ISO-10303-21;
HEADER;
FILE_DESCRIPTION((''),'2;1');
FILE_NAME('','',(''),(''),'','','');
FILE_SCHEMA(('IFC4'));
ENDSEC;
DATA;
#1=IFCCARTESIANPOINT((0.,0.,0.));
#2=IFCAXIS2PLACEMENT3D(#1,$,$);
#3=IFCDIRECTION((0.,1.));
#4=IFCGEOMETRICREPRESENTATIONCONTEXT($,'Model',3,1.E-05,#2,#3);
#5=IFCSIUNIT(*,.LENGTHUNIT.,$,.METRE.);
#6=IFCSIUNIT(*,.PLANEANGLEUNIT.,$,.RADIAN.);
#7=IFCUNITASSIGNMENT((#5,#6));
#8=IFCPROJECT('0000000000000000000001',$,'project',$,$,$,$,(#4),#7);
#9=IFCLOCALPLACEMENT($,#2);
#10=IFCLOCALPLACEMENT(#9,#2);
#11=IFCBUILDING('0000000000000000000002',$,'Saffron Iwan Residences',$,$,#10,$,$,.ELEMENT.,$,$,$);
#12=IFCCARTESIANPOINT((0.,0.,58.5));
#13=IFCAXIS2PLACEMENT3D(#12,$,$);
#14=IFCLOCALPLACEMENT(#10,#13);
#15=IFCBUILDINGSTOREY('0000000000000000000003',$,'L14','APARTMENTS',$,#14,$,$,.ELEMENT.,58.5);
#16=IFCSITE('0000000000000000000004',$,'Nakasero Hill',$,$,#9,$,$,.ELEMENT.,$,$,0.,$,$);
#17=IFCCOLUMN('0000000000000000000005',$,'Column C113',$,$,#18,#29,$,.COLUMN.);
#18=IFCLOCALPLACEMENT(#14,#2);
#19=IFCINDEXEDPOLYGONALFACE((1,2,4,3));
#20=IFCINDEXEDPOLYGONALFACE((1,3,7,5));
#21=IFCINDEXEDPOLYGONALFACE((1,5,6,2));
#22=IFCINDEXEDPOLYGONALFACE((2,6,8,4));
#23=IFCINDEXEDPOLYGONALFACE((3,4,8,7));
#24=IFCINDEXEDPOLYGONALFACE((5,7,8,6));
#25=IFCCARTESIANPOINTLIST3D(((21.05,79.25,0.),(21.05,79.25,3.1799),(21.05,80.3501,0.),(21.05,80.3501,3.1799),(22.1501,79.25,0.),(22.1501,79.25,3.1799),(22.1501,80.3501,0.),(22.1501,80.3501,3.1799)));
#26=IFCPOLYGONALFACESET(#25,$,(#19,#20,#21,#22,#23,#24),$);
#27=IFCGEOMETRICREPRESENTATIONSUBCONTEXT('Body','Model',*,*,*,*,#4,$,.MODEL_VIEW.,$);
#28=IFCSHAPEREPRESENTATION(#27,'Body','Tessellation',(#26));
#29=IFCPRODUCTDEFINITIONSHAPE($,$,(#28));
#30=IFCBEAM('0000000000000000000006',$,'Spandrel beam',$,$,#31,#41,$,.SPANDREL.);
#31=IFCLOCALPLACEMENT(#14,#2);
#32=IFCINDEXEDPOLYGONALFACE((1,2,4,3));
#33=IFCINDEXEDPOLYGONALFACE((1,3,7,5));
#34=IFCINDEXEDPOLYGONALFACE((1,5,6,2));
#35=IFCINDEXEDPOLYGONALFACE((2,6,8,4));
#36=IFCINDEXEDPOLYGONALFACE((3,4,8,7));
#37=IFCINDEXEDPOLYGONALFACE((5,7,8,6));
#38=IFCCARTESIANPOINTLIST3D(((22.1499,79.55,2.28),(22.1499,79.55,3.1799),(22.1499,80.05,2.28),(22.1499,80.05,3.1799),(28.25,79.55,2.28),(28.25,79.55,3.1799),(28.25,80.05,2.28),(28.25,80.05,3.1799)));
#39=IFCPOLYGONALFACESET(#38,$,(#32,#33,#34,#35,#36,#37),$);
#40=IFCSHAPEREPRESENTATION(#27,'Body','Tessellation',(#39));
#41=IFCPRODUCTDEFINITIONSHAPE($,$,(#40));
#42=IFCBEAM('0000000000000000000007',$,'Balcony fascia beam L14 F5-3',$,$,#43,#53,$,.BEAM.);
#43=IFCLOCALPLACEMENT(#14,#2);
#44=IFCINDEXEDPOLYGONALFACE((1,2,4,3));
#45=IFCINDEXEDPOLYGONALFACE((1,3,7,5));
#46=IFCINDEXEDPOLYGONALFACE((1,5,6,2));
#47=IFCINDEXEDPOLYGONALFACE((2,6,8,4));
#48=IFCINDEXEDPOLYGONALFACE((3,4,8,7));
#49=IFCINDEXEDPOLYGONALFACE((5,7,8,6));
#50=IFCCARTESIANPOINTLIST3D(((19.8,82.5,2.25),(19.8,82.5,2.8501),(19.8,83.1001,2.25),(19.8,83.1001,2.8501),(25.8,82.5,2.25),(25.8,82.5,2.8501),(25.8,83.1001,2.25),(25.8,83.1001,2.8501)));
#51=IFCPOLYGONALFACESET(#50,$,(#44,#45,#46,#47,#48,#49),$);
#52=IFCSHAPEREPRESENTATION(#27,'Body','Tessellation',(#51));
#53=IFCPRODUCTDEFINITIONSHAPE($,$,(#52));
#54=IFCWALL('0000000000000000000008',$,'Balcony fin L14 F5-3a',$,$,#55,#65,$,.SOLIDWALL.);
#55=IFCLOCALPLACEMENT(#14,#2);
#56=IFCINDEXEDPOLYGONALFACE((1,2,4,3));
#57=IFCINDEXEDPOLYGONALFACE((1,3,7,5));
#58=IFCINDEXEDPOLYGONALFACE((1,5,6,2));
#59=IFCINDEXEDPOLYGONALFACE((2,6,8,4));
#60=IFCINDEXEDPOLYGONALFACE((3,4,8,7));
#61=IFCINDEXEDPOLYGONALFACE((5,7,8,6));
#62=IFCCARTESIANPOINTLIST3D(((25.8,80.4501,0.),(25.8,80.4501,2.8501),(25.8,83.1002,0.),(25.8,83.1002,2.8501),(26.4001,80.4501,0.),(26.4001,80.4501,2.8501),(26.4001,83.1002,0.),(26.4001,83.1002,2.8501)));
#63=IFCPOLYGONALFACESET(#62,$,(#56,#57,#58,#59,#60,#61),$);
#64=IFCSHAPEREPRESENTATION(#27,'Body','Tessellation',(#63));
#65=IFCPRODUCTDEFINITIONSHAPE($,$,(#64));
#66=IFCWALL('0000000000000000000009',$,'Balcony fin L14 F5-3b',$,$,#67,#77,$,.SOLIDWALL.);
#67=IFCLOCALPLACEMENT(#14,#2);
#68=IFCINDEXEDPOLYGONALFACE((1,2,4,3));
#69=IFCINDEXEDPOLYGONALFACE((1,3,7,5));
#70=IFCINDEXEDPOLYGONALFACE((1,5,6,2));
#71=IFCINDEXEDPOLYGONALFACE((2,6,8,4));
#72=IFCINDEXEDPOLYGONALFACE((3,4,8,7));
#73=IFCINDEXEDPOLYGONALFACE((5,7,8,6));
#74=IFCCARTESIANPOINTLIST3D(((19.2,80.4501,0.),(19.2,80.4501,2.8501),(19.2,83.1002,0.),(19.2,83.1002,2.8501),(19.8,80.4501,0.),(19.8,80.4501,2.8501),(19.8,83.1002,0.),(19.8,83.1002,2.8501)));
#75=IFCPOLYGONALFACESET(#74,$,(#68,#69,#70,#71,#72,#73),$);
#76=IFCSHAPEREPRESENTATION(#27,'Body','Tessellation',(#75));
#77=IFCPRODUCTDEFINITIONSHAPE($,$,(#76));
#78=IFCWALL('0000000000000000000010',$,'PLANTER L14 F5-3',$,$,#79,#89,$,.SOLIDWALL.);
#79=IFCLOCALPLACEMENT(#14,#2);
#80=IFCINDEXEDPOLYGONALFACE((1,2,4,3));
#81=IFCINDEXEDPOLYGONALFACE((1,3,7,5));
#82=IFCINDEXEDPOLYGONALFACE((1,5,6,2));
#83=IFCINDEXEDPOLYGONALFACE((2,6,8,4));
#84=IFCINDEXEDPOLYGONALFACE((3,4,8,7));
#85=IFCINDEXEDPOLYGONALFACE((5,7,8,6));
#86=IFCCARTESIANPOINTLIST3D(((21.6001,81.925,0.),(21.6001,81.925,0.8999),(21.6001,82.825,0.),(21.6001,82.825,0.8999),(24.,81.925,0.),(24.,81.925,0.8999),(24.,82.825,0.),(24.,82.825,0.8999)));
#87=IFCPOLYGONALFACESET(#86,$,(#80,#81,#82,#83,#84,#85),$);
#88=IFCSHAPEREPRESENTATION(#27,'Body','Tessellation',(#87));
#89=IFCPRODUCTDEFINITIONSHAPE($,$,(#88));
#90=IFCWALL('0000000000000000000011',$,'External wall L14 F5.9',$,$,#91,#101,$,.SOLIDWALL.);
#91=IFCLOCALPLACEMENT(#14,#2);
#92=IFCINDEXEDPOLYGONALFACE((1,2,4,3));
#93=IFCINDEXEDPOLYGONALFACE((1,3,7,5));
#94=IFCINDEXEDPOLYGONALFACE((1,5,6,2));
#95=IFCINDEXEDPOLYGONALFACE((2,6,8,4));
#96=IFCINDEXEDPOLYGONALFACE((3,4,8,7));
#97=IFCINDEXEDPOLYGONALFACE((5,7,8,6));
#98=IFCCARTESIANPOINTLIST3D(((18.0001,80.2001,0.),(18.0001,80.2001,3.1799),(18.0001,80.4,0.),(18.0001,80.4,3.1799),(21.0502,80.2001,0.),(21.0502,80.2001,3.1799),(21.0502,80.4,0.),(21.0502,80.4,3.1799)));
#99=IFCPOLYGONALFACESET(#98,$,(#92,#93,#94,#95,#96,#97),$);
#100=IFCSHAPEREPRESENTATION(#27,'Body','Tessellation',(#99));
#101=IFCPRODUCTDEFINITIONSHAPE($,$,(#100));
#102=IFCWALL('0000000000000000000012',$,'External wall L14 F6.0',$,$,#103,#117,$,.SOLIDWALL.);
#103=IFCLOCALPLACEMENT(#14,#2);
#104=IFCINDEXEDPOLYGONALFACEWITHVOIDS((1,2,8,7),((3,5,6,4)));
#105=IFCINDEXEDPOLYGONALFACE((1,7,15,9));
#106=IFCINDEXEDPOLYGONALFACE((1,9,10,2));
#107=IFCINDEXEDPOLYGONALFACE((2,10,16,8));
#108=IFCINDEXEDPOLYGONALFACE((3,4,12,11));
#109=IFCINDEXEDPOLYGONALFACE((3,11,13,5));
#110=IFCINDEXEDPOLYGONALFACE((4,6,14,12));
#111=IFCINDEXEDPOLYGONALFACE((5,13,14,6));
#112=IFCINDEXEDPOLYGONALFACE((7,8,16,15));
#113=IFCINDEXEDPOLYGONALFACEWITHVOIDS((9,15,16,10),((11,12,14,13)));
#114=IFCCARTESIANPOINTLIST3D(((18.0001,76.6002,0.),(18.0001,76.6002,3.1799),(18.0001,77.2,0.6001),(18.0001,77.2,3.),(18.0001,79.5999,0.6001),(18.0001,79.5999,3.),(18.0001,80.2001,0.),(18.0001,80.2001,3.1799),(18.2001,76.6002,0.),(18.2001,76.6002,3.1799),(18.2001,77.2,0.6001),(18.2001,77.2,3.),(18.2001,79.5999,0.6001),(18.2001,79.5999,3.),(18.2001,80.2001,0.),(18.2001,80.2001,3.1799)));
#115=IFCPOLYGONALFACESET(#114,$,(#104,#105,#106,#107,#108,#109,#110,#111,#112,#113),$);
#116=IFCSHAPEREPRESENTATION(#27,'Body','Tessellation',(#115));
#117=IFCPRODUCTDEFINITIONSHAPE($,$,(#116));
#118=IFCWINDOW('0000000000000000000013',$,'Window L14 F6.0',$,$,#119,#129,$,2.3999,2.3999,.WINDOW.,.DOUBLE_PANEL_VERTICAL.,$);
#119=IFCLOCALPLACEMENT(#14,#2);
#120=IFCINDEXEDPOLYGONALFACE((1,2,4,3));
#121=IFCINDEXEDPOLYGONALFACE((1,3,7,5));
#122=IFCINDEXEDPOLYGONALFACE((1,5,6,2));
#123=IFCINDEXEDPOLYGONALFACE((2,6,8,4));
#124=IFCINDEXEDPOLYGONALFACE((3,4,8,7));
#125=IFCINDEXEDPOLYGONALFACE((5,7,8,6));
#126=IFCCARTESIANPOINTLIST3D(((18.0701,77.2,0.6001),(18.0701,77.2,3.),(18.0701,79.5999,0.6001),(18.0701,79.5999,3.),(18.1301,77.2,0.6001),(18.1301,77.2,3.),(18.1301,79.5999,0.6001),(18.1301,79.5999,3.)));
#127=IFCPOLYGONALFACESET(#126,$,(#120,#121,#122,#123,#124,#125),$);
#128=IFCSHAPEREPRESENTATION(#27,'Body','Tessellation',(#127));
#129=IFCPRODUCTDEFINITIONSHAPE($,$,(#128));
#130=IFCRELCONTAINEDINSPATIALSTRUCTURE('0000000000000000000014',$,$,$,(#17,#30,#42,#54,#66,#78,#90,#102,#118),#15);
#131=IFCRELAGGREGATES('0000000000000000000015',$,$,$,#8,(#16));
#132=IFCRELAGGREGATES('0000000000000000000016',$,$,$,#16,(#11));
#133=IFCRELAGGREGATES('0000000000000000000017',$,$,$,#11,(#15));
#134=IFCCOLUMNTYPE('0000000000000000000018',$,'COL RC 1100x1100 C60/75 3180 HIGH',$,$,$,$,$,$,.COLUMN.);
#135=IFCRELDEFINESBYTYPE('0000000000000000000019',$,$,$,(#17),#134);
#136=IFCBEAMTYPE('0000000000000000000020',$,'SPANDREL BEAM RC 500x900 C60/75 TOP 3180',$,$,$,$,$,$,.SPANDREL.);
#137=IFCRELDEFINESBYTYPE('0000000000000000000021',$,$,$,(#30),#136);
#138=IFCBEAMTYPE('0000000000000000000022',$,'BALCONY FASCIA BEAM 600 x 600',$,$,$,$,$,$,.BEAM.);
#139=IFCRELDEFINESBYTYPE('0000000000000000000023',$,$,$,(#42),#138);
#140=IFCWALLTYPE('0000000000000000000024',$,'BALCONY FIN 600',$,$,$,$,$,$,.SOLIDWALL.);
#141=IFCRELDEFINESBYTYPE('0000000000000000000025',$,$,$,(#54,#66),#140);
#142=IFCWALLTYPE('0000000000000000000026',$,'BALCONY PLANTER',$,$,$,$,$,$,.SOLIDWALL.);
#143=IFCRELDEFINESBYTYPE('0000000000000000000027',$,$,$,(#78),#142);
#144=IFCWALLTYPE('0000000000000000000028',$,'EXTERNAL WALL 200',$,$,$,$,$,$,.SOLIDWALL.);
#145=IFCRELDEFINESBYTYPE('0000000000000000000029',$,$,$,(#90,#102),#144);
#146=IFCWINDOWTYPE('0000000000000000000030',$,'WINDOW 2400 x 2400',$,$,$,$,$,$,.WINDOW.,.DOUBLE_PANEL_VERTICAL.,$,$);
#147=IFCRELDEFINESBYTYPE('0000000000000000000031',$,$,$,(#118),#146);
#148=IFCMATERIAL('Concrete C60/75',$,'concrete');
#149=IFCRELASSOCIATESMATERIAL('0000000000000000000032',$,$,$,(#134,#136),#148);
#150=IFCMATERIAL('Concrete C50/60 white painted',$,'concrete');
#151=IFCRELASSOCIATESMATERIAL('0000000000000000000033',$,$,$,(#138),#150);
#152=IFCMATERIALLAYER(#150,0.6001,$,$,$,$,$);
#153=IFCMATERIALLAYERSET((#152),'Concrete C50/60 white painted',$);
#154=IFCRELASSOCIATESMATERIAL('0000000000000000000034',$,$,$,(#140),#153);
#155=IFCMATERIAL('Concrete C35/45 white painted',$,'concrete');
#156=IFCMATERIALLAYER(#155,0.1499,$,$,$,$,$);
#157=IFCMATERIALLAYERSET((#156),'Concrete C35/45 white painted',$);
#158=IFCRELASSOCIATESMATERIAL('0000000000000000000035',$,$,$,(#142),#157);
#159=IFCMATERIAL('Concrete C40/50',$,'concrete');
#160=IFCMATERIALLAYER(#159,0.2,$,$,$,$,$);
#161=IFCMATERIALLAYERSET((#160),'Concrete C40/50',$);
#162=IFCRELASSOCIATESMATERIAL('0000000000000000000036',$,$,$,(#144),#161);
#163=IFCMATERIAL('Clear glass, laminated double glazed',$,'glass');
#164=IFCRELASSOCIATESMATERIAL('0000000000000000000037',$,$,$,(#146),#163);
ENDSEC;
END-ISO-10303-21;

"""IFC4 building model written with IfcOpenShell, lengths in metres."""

from ifc_helpers import new_model, si_unit, direction, frame, frame_2d, origin, origin_2d, place, context, subcontext, project, spatial, rectangle, extrude, source, transform, mapped, material, layer, layer_set, material_profile, profile_set, type_object, element, fill, save


model = new_model("IFC4")

# Units and contexts
model_context = context("Model", 3, precision=1e-05, world=origin(), true_north=direction((0.0, 1.0)))
body_context = subcontext(model_context, "Body", "Model", "MODEL_VIEW")
ifc_project = project(units=[si_unit("LENGTHUNIT", "METRE"), si_unit("PLANEANGLEUNIT", "RADIAN")], contexts=[model_context])

# Site, building, storey
site_placement = place(None, origin())
site = spatial("IfcSite", under=ifc_project, at=site_placement, Name="Nakasero Hill", CompositionType="ELEMENT", RefElevation=0.0)
building_placement = place(site_placement, origin())
building = spatial("IfcBuilding", under=site, at=building_placement, Name="Saffron Iwan Residences", CompositionType="ELEMENT")
storey_placement = place(building_placement, frame((0.0, 0.0, 58.5)))
storey = spatial("IfcBuildingStorey", under=building, at=storey_placement, Name="L14", Description="APARTMENTS", CompositionType="ELEMENT", Elevation=58.5)

# Column
ifc_material_1 = material(Name="Concrete C60/75", Category="concrete")
ifc_material_profile_1 = material_profile(ifc_material_1, rectangle(XDim=1.1001, YDim=1.1001, at=origin_2d()), Name="RC 1100x1100")
ifc_profile_set_1 = profile_set([ifc_material_profile_1], Name="Concrete C60/75")
column_type = type_object("IfcColumnType", Name="COL RC 1100x1100 C60/75 3180 HIGH", PredefinedType="COLUMN", material=ifc_profile_set_1)
shared_shape_1 = source(origin(), body_context, "Body", "SweptSolid", [
    extrude(rectangle(XDim=1.1001, YDim=1.1001, at=origin_2d()), origin(), (0.0, 0.0, 1.0), 3.1799),
])
column_placement = place(storey_placement, frame((21.6001, 79.8, 0.0), z_axis=(0.0, 0.0, 1.0), x_axis=(1.0, 0.0, 0.0)))
element("IfcColumn", 1, at=column_placement, inside=storey, type_object=column_type, Name="Column C113", PredefinedType="COLUMN", context=body_context, shape_type="MappedRepresentation", body=[
    mapped(shared_shape_1, transform((0.0, 0.0, 0.0))),
])

# Beams
ifc_material_profile_2 = material_profile(ifc_material_1, rectangle(XDim=0.5, YDim=0.8999, at=origin_2d()), Name="RC 500x900")
ifc_profile_set_2 = profile_set([ifc_material_profile_2], Name="Concrete C60/75")
beam_type_1 = type_object("IfcBeamType", Name="SPANDREL BEAM RC 500x900 C60/75 TOP 3180", PredefinedType="SPANDREL", material=ifc_profile_set_2)
shared_shape_2 = source(origin(), body_context, "Body", "SweptSolid", [
    extrude(rectangle(XDim=0.5, YDim=0.8999, at=origin_2d()), origin(), (0.0, 0.0, 1.0), 6.1001),
])
beam_1_placement = place(storey_placement, frame((22.1499, 79.8, 2.73), z_axis=(1.0, 0.0, 0.0), x_axis=(0.0, 1.0, 0.0)))
element("IfcBeam", 2, at=beam_1_placement, inside=storey, type_object=beam_type_1, Name="Spandrel beam", PredefinedType="SPANDREL", context=body_context, shape_type="MappedRepresentation", body=[
    mapped(shared_shape_2, transform((0.0, 0.0, 0.0))),
])
ifc_material_2 = material(Name="Concrete C50/60 white painted", Category="concrete")
ifc_material_profile_3 = material_profile(ifc_material_2, rectangle(XDim=0.6001, YDim=0.6001, at=origin_2d()), Name="BALCONY FASCIA BEAM 600 x 600")
ifc_profile_set_3 = profile_set([ifc_material_profile_3], Name="Concrete C50/60 white painted")
beam_type_2 = type_object("IfcBeamType", Name="BALCONY FASCIA BEAM 600 x 600", PredefinedType="BEAM", material=ifc_profile_set_3)
shared_shape_3 = source(origin(), body_context, "Body", "SweptSolid", [
    extrude(rectangle(XDim=0.6001, YDim=0.6001, at=origin_2d()), origin(), (0.0, 0.0, 1.0), 6.0),
])
beam_2_placement = place(storey_placement, frame((25.8, 82.8, 2.55), z_axis=(-1.0, 0.0, 0.0), x_axis=(0.0, -1.0, 0.0)))
element("IfcBeam", 3, at=beam_2_placement, inside=storey, type_object=beam_type_2, Name="Balcony fascia beam L14 F5-3", PredefinedType="BEAM", context=body_context, shape_type="MappedRepresentation", body=[
    mapped(shared_shape_3, transform((0.0, 0.0, 0.0))),
])

# Walls
ifc_layer_1 = layer(ifc_material_2, 0.6001)
ifc_layer_set_1 = layer_set([ifc_layer_1], Name="Concrete C50/60 white painted")
wall_type_1 = type_object("IfcWallType", Name="BALCONY FIN 600", PredefinedType="SOLIDWALL", material=ifc_layer_set_1)
for number, where, z_axis, x_axis, name in (
    (4, (26.1001, 80.45, 0.0), (0.0, 0.0, 1.0), (0.0, 1.0, 0.0), "Balcony fin L14 F5-3a"),
    (5, (19.5, 80.45, 0.0), (0.0, 0.0, 1.0), (0.0, 1.0, 0.0), "Balcony fin L14 F5-3b"),
):
    element("IfcWall", number, at=place(storey_placement, frame(where, z_axis=z_axis, x_axis=x_axis)), inside=storey, type_object=wall_type_1, Name=name, PredefinedType="SOLIDWALL", context=body_context, shape_type="SweptSolid", body=[
        extrude(rectangle(XDim=2.6501, YDim=0.6001, at=frame_2d((1.3252, 0.0))), origin(), (0.0, 0.0, 1.0), 2.8501),
    ])
ifc_material_3 = material(Name="Concrete C35/45 white painted", Category="concrete")
ifc_layer_2 = layer(ifc_material_3, 0.1499)
ifc_layer_set_2 = layer_set([ifc_layer_2], Name="Concrete C35/45 white painted")
wall_type_2 = type_object("IfcWallType", Name="BALCONY PLANTER", PredefinedType="SOLIDWALL", material=ifc_layer_set_2)
wall_1_placement = place(storey_placement, frame((24.0, 82.375, 0.0), z_axis=(0.0, 0.0, 1.0), x_axis=(-1.0, 0.0, 0.0)))
element("IfcWall", 6, at=wall_1_placement, inside=storey, type_object=wall_type_2, Name="PLANTER L14 F5-3", PredefinedType="SOLIDWALL", context=body_context, shape_type="SweptSolid", body=[
    extrude(rectangle(XDim=2.3999, YDim=0.8999, at=frame_2d((1.2, 0.0))), origin(), (0.0, 0.0, 1.0), 0.8999),
])
ifc_material_4 = material(Name="Concrete C40/50", Category="concrete")
ifc_layer_3 = layer(ifc_material_4, 0.2)
ifc_layer_set_3 = layer_set([ifc_layer_3], Name="Concrete C40/50")
wall_type_3 = type_object("IfcWallType", Name="EXTERNAL WALL 200", PredefinedType="SOLIDWALL", material=ifc_layer_set_3)
wall_2_placement = place(storey_placement, frame((21.05, 80.3, 0.0), z_axis=(0.0, 0.0, 1.0), x_axis=(-1.0, 0.0, 0.0)))
element("IfcWall", 7, at=wall_2_placement, inside=storey, type_object=wall_type_3, Name="External wall L14 F5.9", PredefinedType="SOLIDWALL", context=body_context, shape_type="SweptSolid", body=[
    extrude(rectangle(XDim=3.05, YDim=0.2, at=frame_2d((1.5249, 0.0))), origin(), (0.0, 0.0, 1.0), 3.1799),
])

# Wall, opening, window
wall_3_placement = place(storey_placement, frame((18.1001, 80.2, 0.0), z_axis=(0.0, 0.0, 1.0), x_axis=(0.0, -1.0, 0.0)))
wall_3 = element("IfcWall", 8, at=wall_3_placement, inside=storey, type_object=wall_type_3, Name="External wall L14 F6.0", PredefinedType="SOLIDWALL", context=body_context, shape_type="SweptSolid", body=[
    extrude(rectangle(XDim=3.5999, YDim=0.2, at=frame_2d((1.7998, 0.0))), origin(), (0.0, 0.0, 1.0), 3.1799),
])
opening_placement = place(wall_3_placement, frame((0.6001, 0.0, 0.6001)))
opening = element("IfcOpeningElement", 9, at=opening_placement, cuts=wall_3, PredefinedType="OPENING", context=body_context, shape_type="SweptSolid", body=[
    extrude(rectangle(XDim=2.3999, YDim=2.3999, at=frame_2d((1.2, 1.2))), frame((0.0, 0.1099, 0.0), z_axis=(0.0, -1.0, 0.0), x_axis=(1.0, 0.0, 0.0)), (0.0, 0.0, 1.0), 0.22),
])
ifc_material_5 = material(Name="Clear glass, laminated double glazed", Category="glass")
window_type = type_object("IfcWindowType", Name="WINDOW 2400 x 2400", PartitioningType="DOUBLE_PANEL_VERTICAL", PredefinedType="WINDOW", material=ifc_material_5)
window_placement = place(opening_placement, origin())
window = element("IfcWindow", 10, at=window_placement, inside=storey, type_object=window_type, Name="Window L14 F6.0", OverallHeight=2.3999, OverallWidth=2.3999, PartitioningType="DOUBLE_PANEL_VERTICAL", PredefinedType="WINDOW", context=body_context, shape_type="SweptSolid", body=[
    extrude(rectangle(XDim=2.3999, YDim=2.3999, at=frame_2d((1.2, 1.2))), frame((0.0, 0.03, 0.0), z_axis=(0.0, -1.0, 0.0), x_axis=(1.0, 0.0, 0.0)), (0.0, 0.0, 1.0), 0.0601),
])
fill(opening, window)

save(model, "model.ifc")
